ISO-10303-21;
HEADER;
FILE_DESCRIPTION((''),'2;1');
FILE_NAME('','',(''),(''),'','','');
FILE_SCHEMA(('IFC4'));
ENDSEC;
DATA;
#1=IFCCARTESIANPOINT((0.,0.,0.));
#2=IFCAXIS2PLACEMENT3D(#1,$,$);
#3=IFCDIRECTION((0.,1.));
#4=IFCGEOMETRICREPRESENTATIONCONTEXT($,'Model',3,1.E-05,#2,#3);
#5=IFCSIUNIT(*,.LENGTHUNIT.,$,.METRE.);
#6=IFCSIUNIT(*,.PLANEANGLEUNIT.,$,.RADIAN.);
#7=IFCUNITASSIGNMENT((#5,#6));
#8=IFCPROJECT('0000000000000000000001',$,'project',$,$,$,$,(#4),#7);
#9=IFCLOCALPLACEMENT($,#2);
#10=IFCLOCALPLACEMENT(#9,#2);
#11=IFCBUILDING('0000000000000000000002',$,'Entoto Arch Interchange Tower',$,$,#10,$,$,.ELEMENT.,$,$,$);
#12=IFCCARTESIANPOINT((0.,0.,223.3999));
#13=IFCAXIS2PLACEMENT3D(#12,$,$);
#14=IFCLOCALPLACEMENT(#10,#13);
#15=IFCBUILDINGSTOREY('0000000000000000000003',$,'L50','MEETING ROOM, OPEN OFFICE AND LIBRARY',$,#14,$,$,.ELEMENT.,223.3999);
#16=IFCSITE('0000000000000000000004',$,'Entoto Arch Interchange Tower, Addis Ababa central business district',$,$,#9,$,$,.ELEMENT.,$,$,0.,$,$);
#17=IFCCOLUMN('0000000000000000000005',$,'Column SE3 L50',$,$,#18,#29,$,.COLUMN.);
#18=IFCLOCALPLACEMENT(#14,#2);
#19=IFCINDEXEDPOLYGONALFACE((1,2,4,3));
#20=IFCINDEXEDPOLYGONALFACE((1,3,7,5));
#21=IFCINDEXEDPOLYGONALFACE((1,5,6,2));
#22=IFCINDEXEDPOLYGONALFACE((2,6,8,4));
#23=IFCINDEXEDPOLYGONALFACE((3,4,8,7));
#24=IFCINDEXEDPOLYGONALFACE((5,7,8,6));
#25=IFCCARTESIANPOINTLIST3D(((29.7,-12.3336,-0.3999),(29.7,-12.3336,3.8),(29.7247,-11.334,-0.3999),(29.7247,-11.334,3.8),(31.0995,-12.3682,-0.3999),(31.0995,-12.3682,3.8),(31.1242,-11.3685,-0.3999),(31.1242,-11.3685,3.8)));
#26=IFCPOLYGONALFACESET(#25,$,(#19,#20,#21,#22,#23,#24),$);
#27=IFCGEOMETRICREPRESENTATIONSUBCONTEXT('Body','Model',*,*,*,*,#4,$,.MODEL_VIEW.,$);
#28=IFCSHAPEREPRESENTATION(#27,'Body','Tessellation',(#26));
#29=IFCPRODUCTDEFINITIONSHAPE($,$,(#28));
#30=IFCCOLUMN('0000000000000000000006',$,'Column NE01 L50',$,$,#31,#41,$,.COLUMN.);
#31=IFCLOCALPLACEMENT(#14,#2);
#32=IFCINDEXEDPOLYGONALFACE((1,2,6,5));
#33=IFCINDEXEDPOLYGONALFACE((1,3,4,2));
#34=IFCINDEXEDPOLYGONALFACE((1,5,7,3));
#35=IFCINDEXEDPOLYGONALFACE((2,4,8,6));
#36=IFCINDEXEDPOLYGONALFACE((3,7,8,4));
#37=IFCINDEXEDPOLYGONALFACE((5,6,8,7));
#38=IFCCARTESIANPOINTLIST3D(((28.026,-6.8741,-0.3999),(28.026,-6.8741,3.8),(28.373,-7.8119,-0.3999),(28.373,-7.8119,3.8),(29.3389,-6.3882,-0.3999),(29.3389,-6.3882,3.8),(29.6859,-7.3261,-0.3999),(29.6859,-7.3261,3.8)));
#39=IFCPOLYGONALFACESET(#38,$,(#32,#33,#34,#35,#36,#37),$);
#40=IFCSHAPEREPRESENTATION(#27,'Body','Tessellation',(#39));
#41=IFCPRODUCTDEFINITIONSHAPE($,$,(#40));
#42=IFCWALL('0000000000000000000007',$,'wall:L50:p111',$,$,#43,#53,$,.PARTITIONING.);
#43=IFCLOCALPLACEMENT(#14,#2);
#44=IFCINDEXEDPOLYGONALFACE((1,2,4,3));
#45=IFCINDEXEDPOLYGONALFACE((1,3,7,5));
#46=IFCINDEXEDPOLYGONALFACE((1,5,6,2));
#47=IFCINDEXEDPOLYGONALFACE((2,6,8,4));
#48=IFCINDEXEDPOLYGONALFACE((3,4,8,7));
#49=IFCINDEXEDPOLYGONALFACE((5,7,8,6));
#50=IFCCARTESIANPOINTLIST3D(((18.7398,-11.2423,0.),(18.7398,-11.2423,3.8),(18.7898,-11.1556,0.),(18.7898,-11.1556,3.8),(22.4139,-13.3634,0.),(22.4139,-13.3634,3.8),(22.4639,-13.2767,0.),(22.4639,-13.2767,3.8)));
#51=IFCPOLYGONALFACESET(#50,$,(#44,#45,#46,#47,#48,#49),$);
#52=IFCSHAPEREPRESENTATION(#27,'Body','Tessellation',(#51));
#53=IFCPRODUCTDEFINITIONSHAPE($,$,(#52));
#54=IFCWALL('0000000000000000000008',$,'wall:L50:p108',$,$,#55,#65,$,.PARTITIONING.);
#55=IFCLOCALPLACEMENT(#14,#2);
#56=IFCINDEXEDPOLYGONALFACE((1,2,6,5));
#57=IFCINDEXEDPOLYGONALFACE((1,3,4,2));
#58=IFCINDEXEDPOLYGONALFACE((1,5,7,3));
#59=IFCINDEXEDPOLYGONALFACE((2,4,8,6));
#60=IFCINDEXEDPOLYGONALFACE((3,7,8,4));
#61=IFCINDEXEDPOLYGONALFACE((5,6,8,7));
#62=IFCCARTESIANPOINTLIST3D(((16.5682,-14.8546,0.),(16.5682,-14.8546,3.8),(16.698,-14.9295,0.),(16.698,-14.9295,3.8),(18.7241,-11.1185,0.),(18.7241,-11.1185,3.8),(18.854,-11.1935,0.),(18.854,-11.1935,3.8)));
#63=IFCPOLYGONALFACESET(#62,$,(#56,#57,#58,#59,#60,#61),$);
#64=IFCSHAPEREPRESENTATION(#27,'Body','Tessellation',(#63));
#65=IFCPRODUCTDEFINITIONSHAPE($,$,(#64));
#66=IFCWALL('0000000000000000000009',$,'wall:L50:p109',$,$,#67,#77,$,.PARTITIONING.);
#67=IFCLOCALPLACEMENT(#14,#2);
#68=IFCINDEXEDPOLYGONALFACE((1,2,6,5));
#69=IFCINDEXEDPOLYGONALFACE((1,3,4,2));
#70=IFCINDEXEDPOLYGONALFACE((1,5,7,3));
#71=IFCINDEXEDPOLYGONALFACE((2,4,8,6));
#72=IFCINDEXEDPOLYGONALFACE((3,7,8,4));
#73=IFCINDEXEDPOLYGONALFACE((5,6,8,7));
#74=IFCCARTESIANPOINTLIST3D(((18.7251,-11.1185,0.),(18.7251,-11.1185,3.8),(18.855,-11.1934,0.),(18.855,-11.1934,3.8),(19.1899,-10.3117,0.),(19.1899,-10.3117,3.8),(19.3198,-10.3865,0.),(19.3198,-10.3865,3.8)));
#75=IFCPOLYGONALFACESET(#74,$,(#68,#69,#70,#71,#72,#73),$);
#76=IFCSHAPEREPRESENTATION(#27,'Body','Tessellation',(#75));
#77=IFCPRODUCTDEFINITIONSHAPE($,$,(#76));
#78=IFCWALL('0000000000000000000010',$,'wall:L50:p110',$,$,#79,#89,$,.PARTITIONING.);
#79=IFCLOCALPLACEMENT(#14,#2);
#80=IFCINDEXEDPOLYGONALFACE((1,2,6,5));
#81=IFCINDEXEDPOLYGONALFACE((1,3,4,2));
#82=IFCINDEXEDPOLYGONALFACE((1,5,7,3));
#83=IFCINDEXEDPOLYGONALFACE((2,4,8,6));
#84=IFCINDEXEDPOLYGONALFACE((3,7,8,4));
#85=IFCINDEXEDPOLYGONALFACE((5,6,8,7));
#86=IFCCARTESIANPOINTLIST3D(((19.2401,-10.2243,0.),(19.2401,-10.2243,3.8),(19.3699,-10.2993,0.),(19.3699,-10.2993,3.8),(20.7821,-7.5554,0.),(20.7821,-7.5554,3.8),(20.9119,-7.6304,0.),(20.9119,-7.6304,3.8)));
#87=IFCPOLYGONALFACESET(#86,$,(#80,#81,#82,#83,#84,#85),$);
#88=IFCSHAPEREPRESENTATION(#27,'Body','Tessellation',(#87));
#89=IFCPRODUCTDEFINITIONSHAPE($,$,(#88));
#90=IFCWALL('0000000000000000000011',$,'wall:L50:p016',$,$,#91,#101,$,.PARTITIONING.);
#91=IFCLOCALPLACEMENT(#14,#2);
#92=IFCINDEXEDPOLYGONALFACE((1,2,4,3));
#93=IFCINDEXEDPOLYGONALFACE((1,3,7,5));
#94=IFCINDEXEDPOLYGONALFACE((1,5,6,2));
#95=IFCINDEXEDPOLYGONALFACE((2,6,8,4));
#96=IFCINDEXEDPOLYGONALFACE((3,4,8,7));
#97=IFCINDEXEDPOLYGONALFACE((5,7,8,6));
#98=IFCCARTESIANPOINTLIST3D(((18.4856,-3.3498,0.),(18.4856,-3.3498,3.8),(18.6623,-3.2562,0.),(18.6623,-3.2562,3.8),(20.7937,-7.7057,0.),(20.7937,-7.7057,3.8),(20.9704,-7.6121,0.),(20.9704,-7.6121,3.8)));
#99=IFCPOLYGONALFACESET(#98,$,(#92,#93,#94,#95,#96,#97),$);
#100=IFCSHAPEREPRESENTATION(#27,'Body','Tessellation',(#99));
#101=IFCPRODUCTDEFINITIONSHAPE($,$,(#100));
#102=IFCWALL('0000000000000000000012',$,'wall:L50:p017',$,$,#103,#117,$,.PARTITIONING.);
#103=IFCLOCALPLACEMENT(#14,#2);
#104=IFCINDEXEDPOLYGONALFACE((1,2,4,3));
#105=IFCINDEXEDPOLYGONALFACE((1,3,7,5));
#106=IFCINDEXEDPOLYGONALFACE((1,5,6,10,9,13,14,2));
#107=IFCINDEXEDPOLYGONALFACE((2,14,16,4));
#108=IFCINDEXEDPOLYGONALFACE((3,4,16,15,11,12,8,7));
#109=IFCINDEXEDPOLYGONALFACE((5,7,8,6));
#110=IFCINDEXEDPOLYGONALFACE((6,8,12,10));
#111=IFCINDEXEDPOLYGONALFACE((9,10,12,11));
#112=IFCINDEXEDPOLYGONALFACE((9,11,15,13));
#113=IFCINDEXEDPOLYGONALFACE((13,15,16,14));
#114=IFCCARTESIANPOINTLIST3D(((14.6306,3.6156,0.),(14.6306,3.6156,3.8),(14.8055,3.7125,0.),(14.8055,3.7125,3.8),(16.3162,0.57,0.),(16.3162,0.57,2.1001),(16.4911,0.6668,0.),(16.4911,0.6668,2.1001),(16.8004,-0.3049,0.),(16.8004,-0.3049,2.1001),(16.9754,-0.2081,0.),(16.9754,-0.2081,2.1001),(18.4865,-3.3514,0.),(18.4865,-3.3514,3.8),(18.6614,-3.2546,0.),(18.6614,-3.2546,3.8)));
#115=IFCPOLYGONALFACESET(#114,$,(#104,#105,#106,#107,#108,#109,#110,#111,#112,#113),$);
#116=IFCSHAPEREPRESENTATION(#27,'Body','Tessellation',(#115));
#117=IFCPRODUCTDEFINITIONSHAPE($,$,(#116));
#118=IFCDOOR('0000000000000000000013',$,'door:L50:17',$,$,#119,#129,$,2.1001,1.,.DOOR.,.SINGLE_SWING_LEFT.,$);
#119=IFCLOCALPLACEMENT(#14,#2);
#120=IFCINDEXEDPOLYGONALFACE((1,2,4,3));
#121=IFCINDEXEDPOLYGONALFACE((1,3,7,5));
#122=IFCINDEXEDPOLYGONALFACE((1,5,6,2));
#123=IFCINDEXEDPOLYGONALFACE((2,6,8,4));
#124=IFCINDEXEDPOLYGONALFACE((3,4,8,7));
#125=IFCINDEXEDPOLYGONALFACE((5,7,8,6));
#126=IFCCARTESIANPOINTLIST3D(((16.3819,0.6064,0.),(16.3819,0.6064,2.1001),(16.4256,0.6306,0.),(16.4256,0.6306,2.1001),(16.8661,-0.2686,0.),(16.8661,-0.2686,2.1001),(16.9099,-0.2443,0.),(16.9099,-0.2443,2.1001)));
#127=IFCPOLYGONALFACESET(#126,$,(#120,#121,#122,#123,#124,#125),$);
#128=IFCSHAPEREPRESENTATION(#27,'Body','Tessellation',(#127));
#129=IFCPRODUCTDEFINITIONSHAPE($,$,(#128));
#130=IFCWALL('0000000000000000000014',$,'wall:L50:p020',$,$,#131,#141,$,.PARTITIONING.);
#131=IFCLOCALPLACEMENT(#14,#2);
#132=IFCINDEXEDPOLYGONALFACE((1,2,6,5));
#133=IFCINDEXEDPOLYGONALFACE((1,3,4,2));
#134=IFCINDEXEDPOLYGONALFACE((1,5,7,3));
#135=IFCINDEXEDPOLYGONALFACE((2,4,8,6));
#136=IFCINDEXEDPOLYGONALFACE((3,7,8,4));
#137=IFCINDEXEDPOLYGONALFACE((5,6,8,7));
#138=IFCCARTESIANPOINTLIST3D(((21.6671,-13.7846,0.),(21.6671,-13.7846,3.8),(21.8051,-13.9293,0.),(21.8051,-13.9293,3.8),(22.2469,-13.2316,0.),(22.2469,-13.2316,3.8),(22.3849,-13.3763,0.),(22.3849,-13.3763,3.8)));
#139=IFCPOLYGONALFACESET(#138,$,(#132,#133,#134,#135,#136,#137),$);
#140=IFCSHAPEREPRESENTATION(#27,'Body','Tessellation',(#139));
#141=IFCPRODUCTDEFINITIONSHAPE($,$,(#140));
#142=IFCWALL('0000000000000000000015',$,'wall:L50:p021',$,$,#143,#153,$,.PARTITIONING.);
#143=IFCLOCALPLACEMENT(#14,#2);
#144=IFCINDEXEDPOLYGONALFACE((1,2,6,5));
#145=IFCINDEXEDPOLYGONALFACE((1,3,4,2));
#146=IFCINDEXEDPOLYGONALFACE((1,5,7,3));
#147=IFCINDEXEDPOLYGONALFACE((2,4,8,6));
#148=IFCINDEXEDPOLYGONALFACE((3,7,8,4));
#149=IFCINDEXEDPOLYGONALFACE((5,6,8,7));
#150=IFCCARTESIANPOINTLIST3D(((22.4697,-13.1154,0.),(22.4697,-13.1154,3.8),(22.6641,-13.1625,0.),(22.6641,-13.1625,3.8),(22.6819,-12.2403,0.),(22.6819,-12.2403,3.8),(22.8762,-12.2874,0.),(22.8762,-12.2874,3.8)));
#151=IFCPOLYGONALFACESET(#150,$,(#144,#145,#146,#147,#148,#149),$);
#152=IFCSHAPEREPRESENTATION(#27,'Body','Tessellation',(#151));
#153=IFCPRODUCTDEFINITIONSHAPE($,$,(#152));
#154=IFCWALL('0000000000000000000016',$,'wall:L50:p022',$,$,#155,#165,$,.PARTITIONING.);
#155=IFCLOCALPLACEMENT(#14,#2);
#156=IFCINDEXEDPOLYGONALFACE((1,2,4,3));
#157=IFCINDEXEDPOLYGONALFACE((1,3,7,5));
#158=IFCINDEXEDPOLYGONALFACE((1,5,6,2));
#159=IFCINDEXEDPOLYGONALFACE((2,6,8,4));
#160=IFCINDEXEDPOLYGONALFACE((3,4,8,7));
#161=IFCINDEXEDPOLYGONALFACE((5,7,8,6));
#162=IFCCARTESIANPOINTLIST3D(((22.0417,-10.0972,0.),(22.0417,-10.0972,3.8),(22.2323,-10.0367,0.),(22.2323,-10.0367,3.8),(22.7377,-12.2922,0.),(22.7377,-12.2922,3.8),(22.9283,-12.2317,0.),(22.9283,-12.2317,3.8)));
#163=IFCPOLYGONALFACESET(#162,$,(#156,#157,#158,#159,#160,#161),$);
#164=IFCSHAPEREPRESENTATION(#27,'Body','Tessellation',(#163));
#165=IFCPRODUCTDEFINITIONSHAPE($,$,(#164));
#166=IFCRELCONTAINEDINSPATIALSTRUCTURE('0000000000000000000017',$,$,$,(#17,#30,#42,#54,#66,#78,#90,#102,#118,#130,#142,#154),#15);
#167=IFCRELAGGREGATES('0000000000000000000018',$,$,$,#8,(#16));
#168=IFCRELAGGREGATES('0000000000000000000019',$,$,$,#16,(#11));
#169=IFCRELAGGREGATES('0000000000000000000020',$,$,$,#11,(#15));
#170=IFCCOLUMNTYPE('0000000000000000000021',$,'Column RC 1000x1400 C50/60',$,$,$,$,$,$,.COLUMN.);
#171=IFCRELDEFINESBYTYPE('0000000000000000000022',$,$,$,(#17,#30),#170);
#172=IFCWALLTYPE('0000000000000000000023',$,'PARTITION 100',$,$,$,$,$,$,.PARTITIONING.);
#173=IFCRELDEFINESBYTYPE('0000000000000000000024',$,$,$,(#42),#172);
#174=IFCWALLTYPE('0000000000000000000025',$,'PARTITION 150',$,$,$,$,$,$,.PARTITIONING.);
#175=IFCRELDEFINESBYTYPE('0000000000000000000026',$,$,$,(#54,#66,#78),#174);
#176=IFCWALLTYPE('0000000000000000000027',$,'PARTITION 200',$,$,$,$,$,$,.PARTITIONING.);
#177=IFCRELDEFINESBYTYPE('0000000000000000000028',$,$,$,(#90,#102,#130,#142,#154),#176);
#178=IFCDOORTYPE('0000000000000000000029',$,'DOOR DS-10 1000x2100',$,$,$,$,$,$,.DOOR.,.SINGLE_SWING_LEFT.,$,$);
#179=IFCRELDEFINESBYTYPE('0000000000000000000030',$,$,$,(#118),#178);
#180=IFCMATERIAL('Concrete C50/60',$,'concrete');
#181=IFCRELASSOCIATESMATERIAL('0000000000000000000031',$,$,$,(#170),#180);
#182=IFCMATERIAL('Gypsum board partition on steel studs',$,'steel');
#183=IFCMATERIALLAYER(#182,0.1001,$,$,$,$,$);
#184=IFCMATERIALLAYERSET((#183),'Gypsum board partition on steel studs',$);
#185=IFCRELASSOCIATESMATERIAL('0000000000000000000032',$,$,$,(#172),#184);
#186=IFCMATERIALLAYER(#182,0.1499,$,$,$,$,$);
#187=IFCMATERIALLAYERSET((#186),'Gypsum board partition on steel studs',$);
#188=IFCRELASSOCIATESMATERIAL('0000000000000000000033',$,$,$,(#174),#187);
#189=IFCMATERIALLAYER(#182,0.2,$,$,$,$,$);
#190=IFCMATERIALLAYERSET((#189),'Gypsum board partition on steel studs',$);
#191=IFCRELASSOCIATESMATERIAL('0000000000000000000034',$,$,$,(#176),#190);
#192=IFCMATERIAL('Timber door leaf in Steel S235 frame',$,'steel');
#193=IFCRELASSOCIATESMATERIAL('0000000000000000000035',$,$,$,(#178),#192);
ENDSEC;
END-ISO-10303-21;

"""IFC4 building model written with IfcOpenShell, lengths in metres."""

from ifc_helpers import new_model, si_unit, direction, frame, frame_2d, origin, origin_2d, place, context, subcontext, project, spatial, rectangle, extrude, material, layer, layer_set, material_profile, profile_set, type_object, element, fill, save


model = new_model("IFC4")

# Units and contexts
model_context = context("Model", 3, precision=1e-05, world=origin(), true_north=direction((0.0, 1.0)))
body_context = subcontext(model_context, "Body", "Model", "MODEL_VIEW")
ifc_project = project(units=[si_unit("LENGTHUNIT", "METRE"), si_unit("PLANEANGLEUNIT", "RADIAN")], contexts=[model_context])

# Site, building, storey
site_placement = place(None, origin())
site = spatial("IfcSite", under=ifc_project, at=site_placement, Name="Entoto Arch Interchange Tower, Addis Ababa central business district", CompositionType="ELEMENT", RefElevation=0.0)
building_placement = place(site_placement, origin())
building = spatial("IfcBuilding", under=site, at=building_placement, Name="Entoto Arch Interchange Tower", CompositionType="ELEMENT")
storey_placement = place(building_placement, frame((0.0, 0.0, 223.3999)))
storey = spatial("IfcBuildingStorey", under=building, at=storey_placement, Name="L50", Description="MEETING ROOM, OPEN OFFICE AND LIBRARY", CompositionType="ELEMENT", Elevation=223.3999)

# Columns
ifc_material_1 = material(Name="Concrete C50/60", Category="concrete")
ifc_material_profile = material_profile(ifc_material_1, rectangle(XDim=1.0, YDim=1.3999, at=origin_2d()))
ifc_profile_set = profile_set([ifc_material_profile], Name="Concrete C50/60")
column_type = type_object("IfcColumnType", Name="Column RC 1000x1400 C50/60", PredefinedType="COLUMN", material=ifc_profile_set)
for number, where, z_axis, x_axis, name in (
    (1, (30.4121, -11.8511, -0.3999), (0.0, 0.0, 1.0), (0.024676, 0.999695, 0.0), "Column SE3 L50"),
    (2, (28.856, -7.1001, -0.3999), (0.0, 0.0, 1.0), (-0.347067, 0.93784, 0.0), "Column NE01 L50"),
):
    element("IfcColumn", number, at=place(storey_placement, frame(where, z_axis=z_axis, x_axis=x_axis)), inside=storey, type_object=column_type, Name=name, PredefinedType="COLUMN", context=body_context, shape_type="SweptSolid", body=[
        extrude(rectangle(XDim=1.0, YDim=1.3999, at=origin_2d()), origin(), (0.0, 0.0, 1.0), 4.2),
    ])

# Walls
ifc_material_2 = material(Name="Gypsum board partition on steel studs", Category="steel")
ifc_layer_1 = layer(ifc_material_2, 0.1001)
ifc_layer_set_1 = layer_set([ifc_layer_1], Name="Gypsum board partition on steel studs")
wall_type_1 = type_object("IfcWallType", Name="PARTITION 100", PredefinedType="PARTITIONING", material=ifc_layer_set_1)
wall_1_placement = place(storey_placement, frame((18.7649, -11.199, 0.0), z_axis=(0.0, 0.0, 1.0), x_axis=(0.866039, -0.499977, 0.0)))
element("IfcWall", 3, at=wall_1_placement, inside=storey, type_object=wall_type_1, Name="wall:L50:p111", PredefinedType="PARTITIONING", context=body_context, shape_type="SweptSolid", body=[
    extrude(rectangle(XDim=4.2424, YDim=0.1001, at=frame_2d((2.1211, 0.0))), origin(), (0.0, 0.0, 1.0), 3.8),
])
ifc_layer_2 = layer(ifc_material_2, 0.1499)
ifc_layer_set_2 = layer_set([ifc_layer_2], Name="Gypsum board partition on steel studs")
wall_type_2 = type_object("IfcWallType", Name="PARTITION 150", PredefinedType="PARTITIONING", material=ifc_layer_set_2)
wall_2_placement = place(storey_placement, frame((18.7891, -11.156, 0.0), z_axis=(0.0, 0.0, 1.0), x_axis=(-0.499822, -0.866128, 0.0)))
element("IfcWall", 4, at=wall_2_placement, inside=storey, type_object=wall_type_2, Name="wall:L50:p108", PredefinedType="PARTITIONING", context=body_context, shape_type="SweptSolid", body=[
    extrude(rectangle(XDim=4.3135, YDim=0.1499, at=frame_2d((2.1567, 0.0))), origin(), (0.0, 0.0, 1.0), 3.8),
])
wall_3_placement = place(storey_placement, frame((19.2549, -10.3491, 0.0), z_axis=(0.0, 0.0, 1.0), x_axis=(-0.499185, -0.866495, 0.0)))
element("IfcWall", 5, at=wall_3_placement, inside=storey, type_object=wall_type_2, Name="wall:L50:p109", PredefinedType="PARTITIONING", context=body_context, shape_type="SweptSolid", body=[
    extrude(rectangle(XDim=0.9312, YDim=0.1499, at=frame_2d((0.4656, 0.0))), origin(), (0.0, 0.0, 1.0), 3.8),
])
wall_4_placement = place(storey_placement, frame((20.8469, -7.593, 0.0), z_axis=(0.0, 0.0, 1.0), x_axis=(-0.500262, -0.865874, 0.0)))
element("IfcWall", 6, at=wall_4_placement, inside=storey, type_object=wall_type_2, Name="wall:L50:p110", PredefinedType="PARTITIONING", context=body_context, shape_type="SweptSolid", body=[
    extrude(rectangle(XDim=3.0823, YDim=0.1499, at=frame_2d((1.541, 0.0))), origin(), (0.0, 0.0, 1.0), 3.8),
])
ifc_layer_3 = layer(ifc_material_2, 0.2)
ifc_layer_set_3 = layer_set([ifc_layer_3], Name="Gypsum board partition on steel studs")
wall_type_3 = type_object("IfcWallType", Name="PARTITION 200", PredefinedType="PARTITIONING", material=ifc_layer_set_3)
wall_5_placement = place(storey_placement, frame((20.8821, -7.6589, 0.0), z_axis=(0.0, 0.0, 1.0), x_axis=(-0.468206, 0.883619, 0.0)))
element("IfcWall", 7, at=wall_5_placement, inside=storey, type_object=wall_type_3, Name="wall:L50:p016", PredefinedType="PARTITIONING", context=body_context, shape_type="SweptSolid", body=[
    extrude(rectangle(XDim=4.9297, YDim=0.2, at=frame_2d((2.4648, 0.0))), origin(), (0.0, 0.0, 1.0), 3.8),
])

# Wall, opening, door
wall_6_placement = place(storey_placement, frame((18.574, -3.303, 0.0), z_axis=(0.0, 0.0, 1.0), x_axis=(-0.484239, 0.874936, 0.0)))
wall_6 = element("IfcWall", 8, at=wall_6_placement, inside=storey, type_object=wall_type_3, Name="wall:L50:p017", PredefinedType="PARTITIONING", context=body_context, shape_type="SweptSolid", body=[
    extrude(rectangle(XDim=7.9629, YDim=0.2, at=frame_2d((3.9814, 0.0))), origin(), (0.0, 0.0, 1.0), 3.8),
])
opening_1_placement = place(wall_6_placement, frame((3.4819, 0.0, 0.0)))
opening_1 = element("IfcOpeningElement", 9, at=opening_1_placement, cuts=wall_6, PredefinedType="OPENING", context=body_context, shape_type="SweptSolid", body=[
    extrude(rectangle(XDim=1.0, YDim=2.1001, at=frame_2d((0.5, 1.05))), frame((0.0, 0.1099, 0.0), z_axis=(0.0, -1.0, 0.0), x_axis=(1.0, 0.0, 0.0)), (0.0, 0.0, 1.0), 0.22),
])
ifc_material_3 = material(Name="Timber door leaf in Steel S235 frame", Category="steel")
door_type = type_object("IfcDoorType", Name="DOOR DS-10 1000x2100", OperationType="SINGLE_SWING_LEFT", PredefinedType="DOOR", material=ifc_material_3)
door_1_placement = place(opening_1_placement, origin())
door_1 = element("IfcDoor", 10, at=door_1_placement, inside=storey, type_object=door_type, Name="door:L50:17", OperationType="SINGLE_SWING_LEFT", OverallHeight=2.1001, OverallWidth=1.0, PredefinedType="DOOR", context=body_context, shape_type="SweptSolid", body=[
    extrude(rectangle(XDim=1.0, YDim=2.1001, at=frame_2d((0.5, 1.05))), frame((0.0, 0.0249, 0.0), z_axis=(0.0, -1.0, 0.0), x_axis=(1.0, 0.0, 0.0)), (0.0, 0.0, 1.0), 0.05),
])
fill(opening_1, door_1)

# Walls
wall_7_placement = place(storey_placement, frame((21.7361, -13.8569, 0.0), z_axis=(0.0, 0.0, 1.0), x_axis=(0.723667, 0.69015, 0.0)))
element("IfcWall", 11, at=wall_7_placement, inside=storey, type_object=wall_type_3, Name="wall:L50:p020", PredefinedType="PARTITIONING", context=body_context, shape_type="SweptSolid", body=[
    extrude(rectangle(XDim=0.8013, YDim=0.2, at=frame_2d((0.4006, 0.0))), origin(), (0.0, 0.0, 1.0), 3.8),
])
wall_8_placement = place(storey_placement, frame((22.5669, -13.1389, 0.0), z_axis=(0.0, 0.0, 1.0), x_axis=(0.235639, 0.971841, 0.0)))
element("IfcWall", 12, at=wall_8_placement, inside=storey, type_object=wall_type_3, Name="wall:L50:p021", PredefinedType="PARTITIONING", context=body_context, shape_type="SweptSolid", body=[
    extrude(rectangle(XDim=0.9004, YDim=0.2, at=frame_2d((0.4502, 0.0))), origin(), (0.0, 0.0, 1.0), 3.8),
])
wall_9_placement = place(storey_placement, frame((22.833, -12.262, 0.0), z_axis=(0.0, 0.0, 1.0), x_axis=(-0.302263, 0.953225, 0.0)))
element("IfcWall", 13, at=wall_9_placement, inside=storey, type_object=wall_type_3, Name="wall:L50:p022", PredefinedType="PARTITIONING", context=body_context, shape_type="SweptSolid", body=[
    extrude(rectangle(XDim=2.3027, YDim=0.2, at=frame_2d((1.1514, 0.0))), origin(), (0.0, 0.0, 1.0), 3.8),
])

save(model, "model.ifc")
